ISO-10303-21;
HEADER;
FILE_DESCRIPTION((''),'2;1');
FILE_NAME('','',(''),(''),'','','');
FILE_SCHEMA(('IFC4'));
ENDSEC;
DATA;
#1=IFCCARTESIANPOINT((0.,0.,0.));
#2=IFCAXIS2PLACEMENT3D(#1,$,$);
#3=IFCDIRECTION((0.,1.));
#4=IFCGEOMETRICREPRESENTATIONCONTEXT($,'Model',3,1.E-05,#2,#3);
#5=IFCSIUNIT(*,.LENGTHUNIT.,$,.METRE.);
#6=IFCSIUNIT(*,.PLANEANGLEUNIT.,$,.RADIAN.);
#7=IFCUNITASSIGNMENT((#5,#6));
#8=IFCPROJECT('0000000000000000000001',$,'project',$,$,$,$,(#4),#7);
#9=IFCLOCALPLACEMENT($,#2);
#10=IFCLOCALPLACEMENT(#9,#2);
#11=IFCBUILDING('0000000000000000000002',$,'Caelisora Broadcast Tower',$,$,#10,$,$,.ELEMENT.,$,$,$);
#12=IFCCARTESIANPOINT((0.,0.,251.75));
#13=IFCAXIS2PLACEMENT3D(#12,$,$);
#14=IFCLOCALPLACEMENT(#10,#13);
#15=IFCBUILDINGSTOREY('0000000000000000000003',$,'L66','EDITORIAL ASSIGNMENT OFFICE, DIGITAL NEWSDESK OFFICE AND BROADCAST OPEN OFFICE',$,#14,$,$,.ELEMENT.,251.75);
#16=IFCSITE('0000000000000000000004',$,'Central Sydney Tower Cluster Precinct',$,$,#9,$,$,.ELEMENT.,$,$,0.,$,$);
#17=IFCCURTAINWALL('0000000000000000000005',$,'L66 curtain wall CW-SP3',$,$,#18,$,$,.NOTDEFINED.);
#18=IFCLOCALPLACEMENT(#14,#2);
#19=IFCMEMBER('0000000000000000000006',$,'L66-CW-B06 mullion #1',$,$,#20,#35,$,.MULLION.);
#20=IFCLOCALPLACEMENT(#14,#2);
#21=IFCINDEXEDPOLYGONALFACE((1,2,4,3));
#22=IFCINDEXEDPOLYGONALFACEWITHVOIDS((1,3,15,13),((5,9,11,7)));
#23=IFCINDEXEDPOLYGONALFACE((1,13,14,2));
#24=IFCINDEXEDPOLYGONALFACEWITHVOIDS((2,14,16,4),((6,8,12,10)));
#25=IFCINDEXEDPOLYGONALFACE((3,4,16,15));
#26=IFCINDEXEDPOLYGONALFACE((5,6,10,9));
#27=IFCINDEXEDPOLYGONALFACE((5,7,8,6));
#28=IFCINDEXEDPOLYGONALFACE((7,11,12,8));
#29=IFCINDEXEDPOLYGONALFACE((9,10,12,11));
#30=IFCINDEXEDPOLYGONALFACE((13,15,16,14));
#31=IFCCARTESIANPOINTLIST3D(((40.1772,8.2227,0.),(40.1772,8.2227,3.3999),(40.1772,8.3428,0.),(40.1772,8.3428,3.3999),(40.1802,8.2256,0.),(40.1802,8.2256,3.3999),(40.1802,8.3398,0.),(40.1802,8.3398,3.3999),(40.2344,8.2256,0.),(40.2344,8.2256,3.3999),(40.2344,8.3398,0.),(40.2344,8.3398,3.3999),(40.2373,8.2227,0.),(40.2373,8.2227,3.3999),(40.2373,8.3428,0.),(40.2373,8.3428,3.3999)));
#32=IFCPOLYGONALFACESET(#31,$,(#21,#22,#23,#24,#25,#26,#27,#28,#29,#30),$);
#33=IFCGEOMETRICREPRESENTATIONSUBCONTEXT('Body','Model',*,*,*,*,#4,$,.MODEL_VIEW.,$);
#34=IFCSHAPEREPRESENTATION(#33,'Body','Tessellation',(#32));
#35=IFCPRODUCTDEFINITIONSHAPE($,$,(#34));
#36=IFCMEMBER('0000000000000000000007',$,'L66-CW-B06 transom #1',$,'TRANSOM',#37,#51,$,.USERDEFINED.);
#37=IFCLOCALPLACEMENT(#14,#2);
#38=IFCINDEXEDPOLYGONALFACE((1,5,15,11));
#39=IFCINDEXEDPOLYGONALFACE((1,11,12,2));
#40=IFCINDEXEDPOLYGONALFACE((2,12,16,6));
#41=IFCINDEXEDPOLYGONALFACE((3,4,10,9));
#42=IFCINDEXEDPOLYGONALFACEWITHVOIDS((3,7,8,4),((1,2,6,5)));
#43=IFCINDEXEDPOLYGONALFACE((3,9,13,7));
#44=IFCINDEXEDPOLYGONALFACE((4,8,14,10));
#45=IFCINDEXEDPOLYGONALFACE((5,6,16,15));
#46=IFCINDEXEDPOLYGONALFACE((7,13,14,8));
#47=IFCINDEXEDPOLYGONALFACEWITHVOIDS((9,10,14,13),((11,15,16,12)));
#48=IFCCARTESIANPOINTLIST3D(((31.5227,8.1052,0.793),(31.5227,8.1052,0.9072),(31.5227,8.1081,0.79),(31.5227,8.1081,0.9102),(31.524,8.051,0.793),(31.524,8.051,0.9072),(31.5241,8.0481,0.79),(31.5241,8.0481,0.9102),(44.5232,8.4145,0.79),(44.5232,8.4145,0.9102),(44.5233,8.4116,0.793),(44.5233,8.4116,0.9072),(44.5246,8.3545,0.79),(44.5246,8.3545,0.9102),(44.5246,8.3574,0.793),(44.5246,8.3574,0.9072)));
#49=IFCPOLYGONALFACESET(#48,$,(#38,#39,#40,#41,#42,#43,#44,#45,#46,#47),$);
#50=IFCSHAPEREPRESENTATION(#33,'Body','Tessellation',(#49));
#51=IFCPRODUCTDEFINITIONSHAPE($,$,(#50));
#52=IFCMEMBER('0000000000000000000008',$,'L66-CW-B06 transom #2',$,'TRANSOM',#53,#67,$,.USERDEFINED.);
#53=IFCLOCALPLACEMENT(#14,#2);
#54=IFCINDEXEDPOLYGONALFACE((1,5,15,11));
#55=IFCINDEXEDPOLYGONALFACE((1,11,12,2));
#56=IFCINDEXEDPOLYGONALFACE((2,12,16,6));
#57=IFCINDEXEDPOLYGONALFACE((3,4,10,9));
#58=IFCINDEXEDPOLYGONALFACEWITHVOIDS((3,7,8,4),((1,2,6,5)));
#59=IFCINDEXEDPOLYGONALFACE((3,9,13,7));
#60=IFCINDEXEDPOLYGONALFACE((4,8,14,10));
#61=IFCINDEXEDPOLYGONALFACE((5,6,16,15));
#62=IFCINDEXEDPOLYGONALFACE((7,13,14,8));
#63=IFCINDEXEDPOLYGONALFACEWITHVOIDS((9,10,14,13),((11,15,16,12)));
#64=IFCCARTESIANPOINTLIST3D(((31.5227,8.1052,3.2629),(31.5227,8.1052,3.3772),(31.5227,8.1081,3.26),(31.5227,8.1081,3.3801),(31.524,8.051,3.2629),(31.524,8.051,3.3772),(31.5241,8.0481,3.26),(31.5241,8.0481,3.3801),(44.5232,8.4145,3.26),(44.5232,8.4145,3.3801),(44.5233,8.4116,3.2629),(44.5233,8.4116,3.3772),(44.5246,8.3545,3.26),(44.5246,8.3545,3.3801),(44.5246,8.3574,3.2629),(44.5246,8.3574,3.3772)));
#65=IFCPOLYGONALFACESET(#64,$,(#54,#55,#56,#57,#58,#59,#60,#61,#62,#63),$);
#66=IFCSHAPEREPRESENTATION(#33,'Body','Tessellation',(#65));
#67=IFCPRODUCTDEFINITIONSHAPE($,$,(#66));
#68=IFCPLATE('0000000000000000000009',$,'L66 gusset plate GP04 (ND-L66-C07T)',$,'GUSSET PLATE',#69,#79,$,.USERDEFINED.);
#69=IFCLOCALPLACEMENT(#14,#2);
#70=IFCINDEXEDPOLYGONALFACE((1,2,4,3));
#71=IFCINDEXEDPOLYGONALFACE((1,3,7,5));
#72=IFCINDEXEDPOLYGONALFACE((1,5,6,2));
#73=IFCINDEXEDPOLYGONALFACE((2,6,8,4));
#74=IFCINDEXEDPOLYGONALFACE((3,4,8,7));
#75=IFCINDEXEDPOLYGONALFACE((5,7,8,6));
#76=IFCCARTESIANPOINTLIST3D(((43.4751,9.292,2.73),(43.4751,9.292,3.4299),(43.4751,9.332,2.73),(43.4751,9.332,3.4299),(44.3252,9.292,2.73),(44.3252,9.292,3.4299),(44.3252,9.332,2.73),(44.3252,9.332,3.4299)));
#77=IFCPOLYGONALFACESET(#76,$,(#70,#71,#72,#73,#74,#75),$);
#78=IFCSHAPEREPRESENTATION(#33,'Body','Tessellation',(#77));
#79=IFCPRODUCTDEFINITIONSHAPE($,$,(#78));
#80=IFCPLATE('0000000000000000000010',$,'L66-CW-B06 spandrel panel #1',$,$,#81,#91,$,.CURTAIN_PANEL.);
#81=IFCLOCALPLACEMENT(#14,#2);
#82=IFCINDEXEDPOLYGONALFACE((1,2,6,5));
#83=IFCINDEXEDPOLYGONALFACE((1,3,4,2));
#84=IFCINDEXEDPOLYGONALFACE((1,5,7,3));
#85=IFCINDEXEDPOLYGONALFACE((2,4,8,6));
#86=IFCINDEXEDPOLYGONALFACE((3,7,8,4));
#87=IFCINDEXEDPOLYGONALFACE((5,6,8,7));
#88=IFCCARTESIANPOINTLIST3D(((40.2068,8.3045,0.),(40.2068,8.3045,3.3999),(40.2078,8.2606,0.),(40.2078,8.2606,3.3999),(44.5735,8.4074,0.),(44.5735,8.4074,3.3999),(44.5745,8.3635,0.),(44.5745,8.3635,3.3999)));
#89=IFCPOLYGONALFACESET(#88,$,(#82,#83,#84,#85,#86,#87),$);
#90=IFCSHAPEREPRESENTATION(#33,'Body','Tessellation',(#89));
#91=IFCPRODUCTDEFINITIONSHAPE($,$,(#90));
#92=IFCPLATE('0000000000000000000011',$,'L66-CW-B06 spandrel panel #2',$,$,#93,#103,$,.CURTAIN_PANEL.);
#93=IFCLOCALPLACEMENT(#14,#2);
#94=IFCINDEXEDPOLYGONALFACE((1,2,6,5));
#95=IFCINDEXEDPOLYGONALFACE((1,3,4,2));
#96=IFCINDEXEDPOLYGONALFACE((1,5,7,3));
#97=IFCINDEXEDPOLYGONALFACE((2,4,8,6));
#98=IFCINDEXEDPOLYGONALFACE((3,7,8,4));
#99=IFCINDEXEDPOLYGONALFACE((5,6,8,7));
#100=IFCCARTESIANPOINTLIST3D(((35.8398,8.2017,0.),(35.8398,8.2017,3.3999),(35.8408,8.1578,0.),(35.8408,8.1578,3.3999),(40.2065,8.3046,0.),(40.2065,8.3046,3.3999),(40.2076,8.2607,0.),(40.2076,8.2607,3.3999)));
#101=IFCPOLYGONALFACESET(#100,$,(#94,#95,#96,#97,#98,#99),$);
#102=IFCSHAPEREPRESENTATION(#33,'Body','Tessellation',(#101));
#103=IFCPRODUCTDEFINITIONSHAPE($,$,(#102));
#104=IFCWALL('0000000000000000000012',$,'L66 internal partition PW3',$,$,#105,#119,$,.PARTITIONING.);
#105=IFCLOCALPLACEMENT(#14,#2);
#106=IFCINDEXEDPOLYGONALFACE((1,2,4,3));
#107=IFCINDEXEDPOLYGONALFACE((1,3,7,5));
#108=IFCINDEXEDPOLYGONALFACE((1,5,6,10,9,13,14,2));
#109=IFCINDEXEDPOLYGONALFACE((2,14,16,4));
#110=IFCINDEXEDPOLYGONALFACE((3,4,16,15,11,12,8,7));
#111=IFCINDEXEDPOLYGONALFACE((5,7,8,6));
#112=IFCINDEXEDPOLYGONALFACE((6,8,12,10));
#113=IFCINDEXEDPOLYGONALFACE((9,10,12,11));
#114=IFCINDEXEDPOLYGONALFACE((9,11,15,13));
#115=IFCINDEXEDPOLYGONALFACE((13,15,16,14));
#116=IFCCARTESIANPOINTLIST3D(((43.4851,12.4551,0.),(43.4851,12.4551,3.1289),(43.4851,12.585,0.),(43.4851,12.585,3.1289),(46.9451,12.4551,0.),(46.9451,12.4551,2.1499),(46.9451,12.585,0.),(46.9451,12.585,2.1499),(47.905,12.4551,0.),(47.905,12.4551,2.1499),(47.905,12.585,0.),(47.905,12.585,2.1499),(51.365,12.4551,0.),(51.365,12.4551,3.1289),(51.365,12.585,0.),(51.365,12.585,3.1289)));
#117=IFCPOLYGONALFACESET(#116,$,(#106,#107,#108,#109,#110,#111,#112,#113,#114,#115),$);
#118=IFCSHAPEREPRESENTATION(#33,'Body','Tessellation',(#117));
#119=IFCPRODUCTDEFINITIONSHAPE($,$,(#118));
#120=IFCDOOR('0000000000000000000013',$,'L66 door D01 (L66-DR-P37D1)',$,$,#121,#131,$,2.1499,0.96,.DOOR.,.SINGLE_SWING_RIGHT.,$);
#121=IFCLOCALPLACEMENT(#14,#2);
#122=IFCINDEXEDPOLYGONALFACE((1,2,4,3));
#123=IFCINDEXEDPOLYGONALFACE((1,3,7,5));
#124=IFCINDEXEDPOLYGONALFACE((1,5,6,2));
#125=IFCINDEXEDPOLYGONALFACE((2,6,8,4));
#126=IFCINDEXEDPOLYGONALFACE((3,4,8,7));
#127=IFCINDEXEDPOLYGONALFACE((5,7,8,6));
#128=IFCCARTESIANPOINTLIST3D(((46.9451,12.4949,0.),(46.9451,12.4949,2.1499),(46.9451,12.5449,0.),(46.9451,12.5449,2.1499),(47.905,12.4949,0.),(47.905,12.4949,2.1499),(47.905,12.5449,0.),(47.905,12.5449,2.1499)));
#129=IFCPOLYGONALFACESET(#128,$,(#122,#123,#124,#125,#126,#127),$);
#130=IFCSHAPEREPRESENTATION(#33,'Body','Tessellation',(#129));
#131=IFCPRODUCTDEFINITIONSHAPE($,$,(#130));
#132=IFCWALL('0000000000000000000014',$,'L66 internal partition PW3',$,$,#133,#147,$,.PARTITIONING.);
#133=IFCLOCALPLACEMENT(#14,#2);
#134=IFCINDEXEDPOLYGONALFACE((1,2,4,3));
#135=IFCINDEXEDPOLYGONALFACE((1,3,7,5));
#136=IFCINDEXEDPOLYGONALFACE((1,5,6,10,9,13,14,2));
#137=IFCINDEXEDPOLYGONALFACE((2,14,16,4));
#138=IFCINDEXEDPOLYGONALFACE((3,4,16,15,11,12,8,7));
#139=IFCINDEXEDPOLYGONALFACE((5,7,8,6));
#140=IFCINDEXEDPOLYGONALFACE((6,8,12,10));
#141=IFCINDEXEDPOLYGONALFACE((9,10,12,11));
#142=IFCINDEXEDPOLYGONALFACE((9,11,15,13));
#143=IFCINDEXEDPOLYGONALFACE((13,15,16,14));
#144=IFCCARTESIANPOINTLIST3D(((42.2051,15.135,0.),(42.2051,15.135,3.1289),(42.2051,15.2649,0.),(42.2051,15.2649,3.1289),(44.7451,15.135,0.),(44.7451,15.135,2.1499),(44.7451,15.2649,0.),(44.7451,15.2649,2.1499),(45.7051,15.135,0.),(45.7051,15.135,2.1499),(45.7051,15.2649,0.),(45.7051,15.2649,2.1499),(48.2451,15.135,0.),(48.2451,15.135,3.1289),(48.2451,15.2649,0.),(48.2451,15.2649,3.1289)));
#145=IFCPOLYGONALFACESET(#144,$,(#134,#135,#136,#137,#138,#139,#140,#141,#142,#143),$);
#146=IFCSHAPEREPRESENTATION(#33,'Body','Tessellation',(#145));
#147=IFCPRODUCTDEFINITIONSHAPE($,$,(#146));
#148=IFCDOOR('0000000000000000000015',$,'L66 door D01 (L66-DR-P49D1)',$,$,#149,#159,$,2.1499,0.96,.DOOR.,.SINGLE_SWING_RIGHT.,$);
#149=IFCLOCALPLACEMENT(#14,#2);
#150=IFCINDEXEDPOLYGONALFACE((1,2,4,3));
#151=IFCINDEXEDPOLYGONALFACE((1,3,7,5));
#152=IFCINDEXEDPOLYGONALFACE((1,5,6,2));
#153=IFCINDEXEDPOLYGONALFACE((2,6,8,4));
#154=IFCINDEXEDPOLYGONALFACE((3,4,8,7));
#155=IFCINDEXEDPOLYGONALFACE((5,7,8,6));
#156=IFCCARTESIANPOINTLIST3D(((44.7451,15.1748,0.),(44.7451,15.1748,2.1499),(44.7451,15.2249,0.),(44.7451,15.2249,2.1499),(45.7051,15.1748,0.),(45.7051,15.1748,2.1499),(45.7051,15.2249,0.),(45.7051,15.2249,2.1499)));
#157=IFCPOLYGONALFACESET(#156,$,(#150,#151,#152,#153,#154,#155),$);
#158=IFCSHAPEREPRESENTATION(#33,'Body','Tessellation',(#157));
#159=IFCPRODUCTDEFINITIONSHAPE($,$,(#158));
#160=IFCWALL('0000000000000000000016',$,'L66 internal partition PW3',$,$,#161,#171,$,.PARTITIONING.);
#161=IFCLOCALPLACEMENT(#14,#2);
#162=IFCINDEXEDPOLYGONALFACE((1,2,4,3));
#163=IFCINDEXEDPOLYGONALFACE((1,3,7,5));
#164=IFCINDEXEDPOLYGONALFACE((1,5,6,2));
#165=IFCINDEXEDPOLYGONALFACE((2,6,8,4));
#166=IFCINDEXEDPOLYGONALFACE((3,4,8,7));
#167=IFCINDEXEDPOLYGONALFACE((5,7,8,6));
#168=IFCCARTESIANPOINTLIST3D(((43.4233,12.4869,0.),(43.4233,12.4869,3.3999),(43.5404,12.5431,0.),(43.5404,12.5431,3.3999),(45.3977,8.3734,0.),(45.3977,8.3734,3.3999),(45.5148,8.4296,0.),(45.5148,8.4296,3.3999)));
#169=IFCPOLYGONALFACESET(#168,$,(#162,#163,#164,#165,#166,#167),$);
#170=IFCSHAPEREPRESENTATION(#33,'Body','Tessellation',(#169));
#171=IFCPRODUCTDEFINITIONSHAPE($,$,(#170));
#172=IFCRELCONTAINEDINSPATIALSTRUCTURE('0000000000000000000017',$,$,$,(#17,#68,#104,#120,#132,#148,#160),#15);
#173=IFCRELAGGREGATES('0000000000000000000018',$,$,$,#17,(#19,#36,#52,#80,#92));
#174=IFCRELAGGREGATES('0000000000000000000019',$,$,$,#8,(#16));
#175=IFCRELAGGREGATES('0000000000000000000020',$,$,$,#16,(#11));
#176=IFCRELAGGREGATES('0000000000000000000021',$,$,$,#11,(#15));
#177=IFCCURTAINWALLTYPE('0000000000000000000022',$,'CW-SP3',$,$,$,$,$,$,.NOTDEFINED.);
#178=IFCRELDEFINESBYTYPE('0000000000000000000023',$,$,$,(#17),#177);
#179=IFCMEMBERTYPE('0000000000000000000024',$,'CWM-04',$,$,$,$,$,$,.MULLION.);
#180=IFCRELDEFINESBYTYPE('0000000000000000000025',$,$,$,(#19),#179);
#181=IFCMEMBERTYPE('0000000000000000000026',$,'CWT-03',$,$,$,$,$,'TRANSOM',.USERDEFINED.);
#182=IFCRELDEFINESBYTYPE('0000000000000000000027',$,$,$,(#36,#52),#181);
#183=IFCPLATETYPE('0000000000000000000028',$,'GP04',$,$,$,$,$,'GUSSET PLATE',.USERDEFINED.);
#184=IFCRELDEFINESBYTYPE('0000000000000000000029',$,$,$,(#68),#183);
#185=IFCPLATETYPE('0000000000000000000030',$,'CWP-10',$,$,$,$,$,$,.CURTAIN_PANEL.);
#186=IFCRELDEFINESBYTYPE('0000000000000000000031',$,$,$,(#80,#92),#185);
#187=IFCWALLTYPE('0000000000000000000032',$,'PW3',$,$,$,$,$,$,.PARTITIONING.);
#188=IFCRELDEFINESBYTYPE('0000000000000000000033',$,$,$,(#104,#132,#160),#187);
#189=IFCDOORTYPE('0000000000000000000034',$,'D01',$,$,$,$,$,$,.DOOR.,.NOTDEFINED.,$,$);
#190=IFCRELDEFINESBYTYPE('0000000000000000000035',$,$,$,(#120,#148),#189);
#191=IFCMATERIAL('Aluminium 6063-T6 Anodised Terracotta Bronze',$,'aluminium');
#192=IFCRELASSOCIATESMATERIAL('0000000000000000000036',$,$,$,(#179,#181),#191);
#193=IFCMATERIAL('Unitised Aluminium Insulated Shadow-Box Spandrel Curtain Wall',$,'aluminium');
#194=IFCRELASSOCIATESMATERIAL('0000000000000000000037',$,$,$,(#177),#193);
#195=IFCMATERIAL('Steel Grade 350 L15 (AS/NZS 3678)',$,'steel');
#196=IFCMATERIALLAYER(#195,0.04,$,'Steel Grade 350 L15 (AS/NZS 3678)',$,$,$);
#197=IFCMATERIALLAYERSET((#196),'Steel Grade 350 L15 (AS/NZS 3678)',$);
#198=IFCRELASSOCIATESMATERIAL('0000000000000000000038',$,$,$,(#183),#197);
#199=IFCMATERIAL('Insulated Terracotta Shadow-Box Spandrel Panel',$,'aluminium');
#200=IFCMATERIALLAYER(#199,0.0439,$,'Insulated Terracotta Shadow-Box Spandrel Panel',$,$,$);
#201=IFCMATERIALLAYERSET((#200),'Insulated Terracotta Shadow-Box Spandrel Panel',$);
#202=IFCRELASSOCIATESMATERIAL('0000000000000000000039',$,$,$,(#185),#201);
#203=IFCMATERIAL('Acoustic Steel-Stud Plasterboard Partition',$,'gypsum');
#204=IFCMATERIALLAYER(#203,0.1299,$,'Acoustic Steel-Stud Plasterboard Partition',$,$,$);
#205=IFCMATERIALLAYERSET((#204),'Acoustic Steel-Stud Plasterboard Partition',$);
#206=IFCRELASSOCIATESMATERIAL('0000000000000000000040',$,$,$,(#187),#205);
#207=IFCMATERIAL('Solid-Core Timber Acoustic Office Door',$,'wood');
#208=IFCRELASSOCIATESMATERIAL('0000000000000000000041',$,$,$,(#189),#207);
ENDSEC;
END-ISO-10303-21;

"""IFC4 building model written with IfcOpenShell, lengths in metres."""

from ifc_helpers import new_model, si_unit, direction, frame, frame_2d, origin, origin_2d, place, context, subcontext, project, spatial, rectangle, hollow_rectangle, extrude, source, transform, mapped, material, layer, layer_set, material_profile, profile_set, type_object, type_shapes, element, fill, aggregate, save


model = new_model("IFC4")

# Units and contexts
model_context = context("Model", 3, precision=1e-05, world=origin(), true_north=direction((0.0, 1.0)))
body_context = subcontext(model_context, "Body", "Model", "MODEL_VIEW")
ifc_project = project(units=[si_unit("LENGTHUNIT", "METRE"), si_unit("PLANEANGLEUNIT", "RADIAN")], contexts=[model_context])

# Site, building, storey
site_placement = place(None, origin())
site = spatial("IfcSite", under=ifc_project, at=site_placement, Name="Central Sydney Tower Cluster Precinct", CompositionType="ELEMENT", RefElevation=0.0)
building_placement = place(site_placement, origin())
building = spatial("IfcBuilding", under=site, at=building_placement, Name="Caelisora Broadcast Tower", CompositionType="ELEMENT")
storey_placement = place(building_placement, frame((0.0, 0.0, 251.75)))
storey = spatial("IfcBuildingStorey", under=building, at=storey_placement, Name="L66", Description="EDITORIAL ASSIGNMENT OFFICE, DIGITAL NEWSDESK OFFICE AND BROADCAST OPEN OFFICE", CompositionType="ELEMENT", Elevation=251.75)

# Shared definitions
ifc_material_1 = material(Name="Steel Grade 350 L15 (AS/NZS 3678)", Category="steel")

# Shared definitions
ifc_material_2 = material(Name="Aluminium 6063-T6 Anodised Terracotta Bronze", Category="aluminium")
ifc_material_profile_1 = material_profile(ifc_material_2, hollow_rectangle(XDim=0.0601, YDim=0.1201, WallThickness=0.0029, at=origin_2d()), Name="Aluminium 6063-T6 Anodised Terracotta Bronze")
ifc_profile_set_1 = profile_set([ifc_material_profile_1], Name="Aluminium 6063-T6 Anodised Terracotta Bronze")
member_type_1 = type_object("IfcMemberType", Name="CWM-04", PredefinedType="MULLION", material=ifc_profile_set_1)
shared_shape_1 = source(origin(), body_context, "Body", "SweptSolid", [
    extrude(hollow_rectangle(XDim=0.0601, YDim=0.1201, WallThickness=0.0029, at=origin_2d()), origin(), (0.0, 0.0, 1.0), 3.3999),
])
type_shapes(member_type_1, [shared_shape_1])

# Curtain wall, members
ifc_material_3 = material(Name="Unitised Aluminium Insulated Shadow-Box Spandrel Curtain Wall", Category="aluminium")
curtain_wall_type_1 = type_object("IfcCurtainWallType", Name="CW-SP3", PredefinedType="NOTDEFINED", material=ifc_material_3)
curtain_wall_1_placement = place(storey_placement, origin())
curtain_wall_1 = element("IfcCurtainWall", 1, at=curtain_wall_1_placement, inside=storey, type_object=curtain_wall_type_1, Name="L66 curtain wall CW-SP3", PredefinedType="NOTDEFINED")
member_1_placement = place(storey_placement, frame((40.2073, 8.2827, 0.0), z_axis=(0.0, 0.0, 1.0), x_axis=(1.0, 0.0, 0.0)))
member_1 = element("IfcMember", 2, at=member_1_placement, type_object=member_type_1, Name="L66-CW-B06 mullion #1", PredefinedType="MULLION", context=body_context, shape_type="MappedRepresentation", body=[
    mapped(shared_shape_1, transform((0.0, 0.0, 0.0), scale=1.0)),
])
ifc_material_profile_2 = material_profile(ifc_material_2, hollow_rectangle(XDim=0.0601, YDim=0.1201, WallThickness=0.0029, at=origin_2d()), Name="Aluminium 6063-T6 Anodised Terracotta Bronze")
ifc_profile_set_2 = profile_set([ifc_material_profile_2], Name="Aluminium 6063-T6 Anodised Terracotta Bronze")
member_type_2 = type_object("IfcMemberType", Name="CWT-03", ElementType="TRANSOM", PredefinedType="USERDEFINED", material=ifc_profile_set_2)
shared_shape_2 = source(origin(), body_context, "Body", "SweptSolid", [
    extrude(hollow_rectangle(XDim=0.0601, YDim=0.1201, WallThickness=0.0029, at=origin_2d()), origin(), (0.0, 0.0, 1.0), 13.0042),
])
type_shapes(member_type_2, [shared_shape_2])
member_2_placement = place(storey_placement, frame((44.5239, 8.3845, 0.8501), z_axis=(-0.999722, -0.023562, 0.0), x_axis=(0.023562, -0.999722, 0.0)))
member_2 = element("IfcMember", 3, at=member_2_placement, type_object=member_type_2, Name="L66-CW-B06 transom #1", ObjectType="TRANSOM", PredefinedType="USERDEFINED", context=body_context, shape_type="MappedRepresentation", body=[
    mapped(shared_shape_2, transform((0.0, 0.0, 0.0), scale=1.0)),
])
member_3_placement = place(storey_placement, frame((44.5239, 8.3845, 3.3201), z_axis=(-0.999722, -0.023562, 0.0), x_axis=(0.023562, -0.999722, 0.0)))
member_3 = element("IfcMember", 4, at=member_3_placement, type_object=member_type_2, Name="L66-CW-B06 transom #2", ObjectType="TRANSOM", PredefinedType="USERDEFINED", context=body_context, shape_type="MappedRepresentation", body=[
    mapped(shared_shape_2, transform((0.0, 0.0, 0.0), scale=1.0)),
])

# Plates
ifc_layer_1 = layer(ifc_material_1, 0.04, Name="Steel Grade 350 L15 (AS/NZS 3678)")
ifc_layer_set_1 = layer_set([ifc_layer_1], Name="Steel Grade 350 L15 (AS/NZS 3678)")
plate_type_1 = type_object("IfcPlateType", Name="GP04", ElementType="GUSSET PLATE", PredefinedType="USERDEFINED", material=ifc_layer_set_1)
shared_shape_3 = source(origin(), body_context, "Body", "SweptSolid", [
    extrude(rectangle(XDim=0.8501, YDim=0.04, at=origin_2d()), origin(), (0.0, 0.0, 1.0), 0.7),
])
type_shapes(plate_type_1, [shared_shape_3])
plate_1_placement = place(storey_placement, frame((43.9001, 9.312, 2.73), z_axis=(0.0, 0.0, 1.0), x_axis=(1.0, 0.0, 0.0)))
element("IfcPlate", 5, at=plate_1_placement, inside=storey, type_object=plate_type_1, Name="L66 gusset plate GP04 (ND-L66-C07T)", ObjectType="GUSSET PLATE", PredefinedType="USERDEFINED", context=body_context, shape_type="MappedRepresentation", body=[
    mapped(shared_shape_3, transform((0.0, 0.0, 0.0), scale=1.0)),
])
ifc_material_4 = material(Name="Insulated Terracotta Shadow-Box Spandrel Panel", Category="aluminium")
ifc_layer_2 = layer(ifc_material_4, 0.0439, Name="Insulated Terracotta Shadow-Box Spandrel Panel")
ifc_layer_set_2 = layer_set([ifc_layer_2], Name="Insulated Terracotta Shadow-Box Spandrel Panel")
plate_type_2 = type_object("IfcPlateType", Name="CWP-10", PredefinedType="CURTAIN_PANEL", material=ifc_layer_set_2)
shared_shape_4 = source(origin(), body_context, "Body", "SweptSolid", [
    extrude(rectangle(XDim=4.3679, YDim=0.0439, at=origin_2d()), origin(), (0.0, 0.0, 1.0), 3.3999),
])
type_shapes(plate_type_2, [shared_shape_4])
plate_2_placement = place(storey_placement, frame((42.3906, 8.334, 0.0), z_axis=(0.0, 0.0, 1.0), x_axis=(-0.999722, -0.02356, 0.0)))
plate_2 = element("IfcPlate", 6, at=plate_2_placement, type_object=plate_type_2, Name="L66-CW-B06 spandrel panel #1", PredefinedType="CURTAIN_PANEL", context=body_context, shape_type="MappedRepresentation", body=[
    mapped(shared_shape_4, transform((0.0, 0.0, 0.0), scale=1.0)),
])
plate_3_placement = place(storey_placement, frame((38.0237, 8.2312, 0.0), z_axis=(0.0, 0.0, 1.0), x_axis=(-0.999722, -0.02356, 0.0)))
plate_3 = element("IfcPlate", 7, at=plate_3_placement, type_object=plate_type_2, Name="L66-CW-B06 spandrel panel #2", PredefinedType="CURTAIN_PANEL", context=body_context, shape_type="MappedRepresentation", body=[
    mapped(shared_shape_4, transform((0.0, 0.0, 0.0), scale=1.0)),
])
aggregate(curtain_wall_1, [member_1, member_2, member_3, plate_2, plate_3])

# Walls, openings, doors
ifc_material_5 = material(Name="Acoustic Steel-Stud Plasterboard Partition", Category="gypsum")
ifc_layer_3 = layer(ifc_material_5, 0.1299, Name="Acoustic Steel-Stud Plasterboard Partition")
ifc_layer_set_3 = layer_set([ifc_layer_3], Name="Acoustic Steel-Stud Plasterboard Partition")
wall_type = type_object("IfcWallType", Name="PW3", PredefinedType="PARTITIONING", material=ifc_layer_set_3)
wall_1_placement = place(storey_placement, frame((43.4851, 12.52, 0.0), z_axis=(0.0, 0.0, 1.0), x_axis=(1.0, 0.0, 0.0)))
wall_1 = element("IfcWall", 8, at=wall_1_placement, inside=storey, type_object=wall_type, Name="L66 internal partition PW3", PredefinedType="PARTITIONING", context=body_context, shape_type="SweptSolid", body=[
    extrude(rectangle(XDim=7.8799, YDim=0.1299, at=frame_2d((3.9399, 0.0))), origin(), (0.0, 0.0, 1.0), 3.1289),
])
opening_1_placement = place(wall_1_placement, frame((3.46, 0.0, 0.0)))
opening_1 = element("IfcOpeningElement", 9, at=opening_1_placement, cuts=wall_1, PredefinedType="OPENING", context=body_context, shape_type="SweptSolid", body=[
    extrude(rectangle(XDim=0.96, YDim=2.1499, at=frame_2d((0.48, 1.075))), frame((0.0, 0.0769, 0.0), z_axis=(0.0, -1.0, 0.0), x_axis=(1.0, 0.0, 0.0)), (0.0, 0.0, 1.0), 0.1538),
])
ifc_material_6 = material(Name="Solid-Core Timber Acoustic Office Door", Category="wood")
door_type = type_object("IfcDoorType", Name="D01", OperationType="NOTDEFINED", PredefinedType="DOOR", material=ifc_material_6)
door_1_placement = place(opening_1_placement, origin())
door_1 = element("IfcDoor", 10, at=door_1_placement, inside=storey, type_object=door_type, Name="L66 door D01 (L66-DR-P37D1)", OperationType="SINGLE_SWING_RIGHT", OverallHeight=2.1499, OverallWidth=0.96, PredefinedType="DOOR", context=body_context, shape_type="SweptSolid", body=[
    extrude(rectangle(XDim=0.96, YDim=2.1499, at=frame_2d((0.48, 1.075))), frame((0.0, 0.0249, 0.0), z_axis=(0.0, -1.0, 0.0), x_axis=(1.0, 0.0, 0.0)), (0.0, 0.0, 1.0), 0.05),
])
fill(opening_1, door_1)
wall_2_placement = place(storey_placement, frame((42.2051, 15.2, 0.0), z_axis=(0.0, 0.0, 1.0), x_axis=(1.0, 0.0, 0.0)))
wall_2 = element("IfcWall", 11, at=wall_2_placement, inside=storey, type_object=wall_type, Name="L66 internal partition PW3", PredefinedType="PARTITIONING", context=body_context, shape_type="SweptSolid", body=[
    extrude(rectangle(XDim=6.04, YDim=0.1299, at=frame_2d((3.02, 0.0))), origin(), (0.0, 0.0, 1.0), 3.1289),
])
opening_2_placement = place(wall_2_placement, frame((2.54, 0.0, 0.0)))
opening_2 = element("IfcOpeningElement", 12, at=opening_2_placement, cuts=wall_2, PredefinedType="OPENING", context=body_context, shape_type="SweptSolid", body=[
    extrude(rectangle(XDim=0.96, YDim=2.1499, at=frame_2d((0.48, 1.075))), frame((0.0, 0.0769, 0.0), z_axis=(0.0, -1.0, 0.0), x_axis=(1.0, 0.0, 0.0)), (0.0, 0.0, 1.0), 0.1538),
])
door_2_placement = place(opening_2_placement, origin())
door_2 = element("IfcDoor", 13, at=door_2_placement, inside=storey, type_object=door_type, Name="L66 door D01 (L66-DR-P49D1)", OperationType="SINGLE_SWING_RIGHT", OverallHeight=2.1499, OverallWidth=0.96, PredefinedType="DOOR", context=body_context, shape_type="SweptSolid", body=[
    extrude(rectangle(XDim=0.96, YDim=2.1499, at=frame_2d((0.48, 1.075))), frame((0.0, 0.0249, 0.0), z_axis=(0.0, -1.0, 0.0), x_axis=(1.0, 0.0, 0.0)), (0.0, 0.0, 1.0), 0.05),
])
fill(opening_2, door_2)

# Wall
wall_3_placement = place(storey_placement, frame((43.4819, 12.5149, 0.0), z_axis=(0.0, 0.0, 1.0), x_axis=(0.432708, -0.901534, 0.0)))
element("IfcWall", 14, at=wall_3_placement, inside=storey, type_object=wall_type, Name="L66 internal partition PW3", PredefinedType="PARTITIONING", context=body_context, shape_type="SweptSolid", body=[
    extrude(rectangle(XDim=4.5627, YDim=0.1299, at=frame_2d((2.2812, 0.0))), origin(), (0.0, 0.0, 1.0), 3.3999),
])

save(model, "model.ifc")
